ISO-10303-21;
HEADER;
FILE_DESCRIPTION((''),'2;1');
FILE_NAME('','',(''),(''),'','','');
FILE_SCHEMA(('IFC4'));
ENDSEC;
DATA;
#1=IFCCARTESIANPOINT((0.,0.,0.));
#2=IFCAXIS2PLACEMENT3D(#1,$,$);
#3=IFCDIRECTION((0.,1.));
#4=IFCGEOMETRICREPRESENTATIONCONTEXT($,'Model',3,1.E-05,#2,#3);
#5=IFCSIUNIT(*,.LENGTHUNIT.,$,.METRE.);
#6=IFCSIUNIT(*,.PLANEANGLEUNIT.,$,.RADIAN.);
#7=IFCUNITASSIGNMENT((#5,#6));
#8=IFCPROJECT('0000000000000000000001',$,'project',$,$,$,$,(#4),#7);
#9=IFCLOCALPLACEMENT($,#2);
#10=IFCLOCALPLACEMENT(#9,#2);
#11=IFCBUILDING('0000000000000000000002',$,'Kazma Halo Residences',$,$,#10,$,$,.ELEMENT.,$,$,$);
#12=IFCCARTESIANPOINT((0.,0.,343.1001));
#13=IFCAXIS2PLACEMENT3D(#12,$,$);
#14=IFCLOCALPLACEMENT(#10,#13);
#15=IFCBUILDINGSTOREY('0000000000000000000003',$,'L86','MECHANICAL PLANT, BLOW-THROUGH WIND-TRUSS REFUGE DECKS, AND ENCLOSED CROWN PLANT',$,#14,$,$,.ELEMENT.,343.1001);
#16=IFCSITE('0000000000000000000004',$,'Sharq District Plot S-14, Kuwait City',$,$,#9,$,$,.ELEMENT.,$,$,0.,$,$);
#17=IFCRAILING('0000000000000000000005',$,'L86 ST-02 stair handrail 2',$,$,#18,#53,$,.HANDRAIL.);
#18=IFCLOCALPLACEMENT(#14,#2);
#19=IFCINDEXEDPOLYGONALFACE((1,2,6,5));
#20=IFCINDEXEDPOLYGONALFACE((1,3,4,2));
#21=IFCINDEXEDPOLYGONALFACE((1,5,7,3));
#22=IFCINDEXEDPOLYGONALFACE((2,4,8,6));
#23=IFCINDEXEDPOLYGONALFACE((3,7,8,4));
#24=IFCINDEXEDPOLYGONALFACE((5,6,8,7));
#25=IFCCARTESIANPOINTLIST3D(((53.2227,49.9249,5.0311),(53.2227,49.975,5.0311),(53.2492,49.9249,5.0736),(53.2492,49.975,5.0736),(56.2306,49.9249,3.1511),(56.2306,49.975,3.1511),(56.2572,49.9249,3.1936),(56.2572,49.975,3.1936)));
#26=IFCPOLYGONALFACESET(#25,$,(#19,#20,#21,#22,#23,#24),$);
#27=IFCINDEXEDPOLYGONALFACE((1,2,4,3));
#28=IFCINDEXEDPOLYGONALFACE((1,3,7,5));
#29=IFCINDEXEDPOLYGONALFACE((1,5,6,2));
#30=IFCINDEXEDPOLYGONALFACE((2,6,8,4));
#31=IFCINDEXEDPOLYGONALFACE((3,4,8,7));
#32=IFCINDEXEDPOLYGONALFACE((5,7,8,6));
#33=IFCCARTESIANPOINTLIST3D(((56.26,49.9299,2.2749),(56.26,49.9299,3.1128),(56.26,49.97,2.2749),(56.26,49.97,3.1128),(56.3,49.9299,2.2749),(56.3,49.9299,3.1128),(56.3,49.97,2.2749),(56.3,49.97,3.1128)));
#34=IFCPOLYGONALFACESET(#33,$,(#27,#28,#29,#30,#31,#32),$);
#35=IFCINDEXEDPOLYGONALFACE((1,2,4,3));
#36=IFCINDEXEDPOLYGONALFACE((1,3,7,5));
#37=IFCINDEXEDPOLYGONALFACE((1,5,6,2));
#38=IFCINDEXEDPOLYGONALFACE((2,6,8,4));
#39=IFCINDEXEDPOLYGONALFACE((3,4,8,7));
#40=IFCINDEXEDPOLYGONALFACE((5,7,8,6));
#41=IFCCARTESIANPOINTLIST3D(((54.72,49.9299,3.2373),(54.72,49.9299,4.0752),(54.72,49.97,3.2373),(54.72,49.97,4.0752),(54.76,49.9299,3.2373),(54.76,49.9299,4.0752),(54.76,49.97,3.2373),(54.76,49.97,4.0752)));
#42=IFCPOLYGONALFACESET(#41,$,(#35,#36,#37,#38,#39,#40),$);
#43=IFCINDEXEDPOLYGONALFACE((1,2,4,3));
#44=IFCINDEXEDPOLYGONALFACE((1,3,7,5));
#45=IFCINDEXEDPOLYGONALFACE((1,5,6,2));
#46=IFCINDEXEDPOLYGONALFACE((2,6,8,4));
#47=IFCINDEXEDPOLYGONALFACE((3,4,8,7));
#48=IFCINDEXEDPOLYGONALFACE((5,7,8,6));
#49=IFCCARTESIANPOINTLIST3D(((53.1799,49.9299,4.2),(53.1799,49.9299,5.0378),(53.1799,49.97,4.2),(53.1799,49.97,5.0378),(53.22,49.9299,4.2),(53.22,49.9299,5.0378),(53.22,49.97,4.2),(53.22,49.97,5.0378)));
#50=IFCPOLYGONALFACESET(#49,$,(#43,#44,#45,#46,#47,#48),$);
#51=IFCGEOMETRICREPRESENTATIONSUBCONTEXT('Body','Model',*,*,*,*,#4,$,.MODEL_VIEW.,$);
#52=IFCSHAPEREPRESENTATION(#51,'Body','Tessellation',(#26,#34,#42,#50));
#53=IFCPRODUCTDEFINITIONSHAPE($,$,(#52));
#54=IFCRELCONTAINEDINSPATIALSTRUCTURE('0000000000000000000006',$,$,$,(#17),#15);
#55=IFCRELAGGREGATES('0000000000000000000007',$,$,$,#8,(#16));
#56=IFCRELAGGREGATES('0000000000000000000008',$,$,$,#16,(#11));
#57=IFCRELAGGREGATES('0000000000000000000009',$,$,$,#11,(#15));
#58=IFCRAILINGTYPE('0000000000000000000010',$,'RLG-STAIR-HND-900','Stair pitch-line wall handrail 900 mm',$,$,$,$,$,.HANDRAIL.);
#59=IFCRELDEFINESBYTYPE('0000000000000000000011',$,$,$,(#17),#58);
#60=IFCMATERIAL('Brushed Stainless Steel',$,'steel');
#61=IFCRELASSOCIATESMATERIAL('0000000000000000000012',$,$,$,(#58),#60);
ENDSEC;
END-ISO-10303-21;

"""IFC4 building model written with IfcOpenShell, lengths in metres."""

from ifc_helpers import new_model, si_unit, direction, frame, origin, origin_2d, place, context, subcontext, project, spatial, rectangle, extrude, material, type_object, element, save


model = new_model("IFC4")

# Units and contexts
model_context = context("Model", 3, precision=1e-05, world=origin(), true_north=direction((0.0, 1.0)))
body_context = subcontext(model_context, "Body", "Model", "MODEL_VIEW")
ifc_project = project(units=[si_unit("LENGTHUNIT", "METRE"), si_unit("PLANEANGLEUNIT", "RADIAN")], contexts=[model_context])

# Site, building, storey
site_placement = place(None, origin())
site = spatial("IfcSite", under=ifc_project, at=site_placement, Name="Sharq District Plot S-14, Kuwait City", CompositionType="ELEMENT", RefElevation=0.0)
building_placement = place(site_placement, origin())
building = spatial("IfcBuilding", under=site, at=building_placement, Name="Kazma Halo Residences", CompositionType="ELEMENT")
storey_placement = place(building_placement, frame((0.0, 0.0, 343.1001)))
storey = spatial("IfcBuildingStorey", under=building, at=storey_placement, Name="L86", Description="MECHANICAL PLANT, BLOW-THROUGH WIND-TRUSS REFUGE DECKS, AND ENCLOSED CROWN PLANT", CompositionType="ELEMENT", Elevation=343.1001)

# Railing
ifc_material_1 = material(Name="Brushed Stainless Steel", Category="steel")
railing_type_1 = type_object("IfcRailingType", Name="RLG-STAIR-HND-900", Description="Stair pitch-line wall handrail 900 mm", PredefinedType="HANDRAIL", material=ifc_material_1)
railing_1_placement = place(storey_placement, frame((56.28, 49.95, 2.2749)))
element("IfcRailing", 1, at=railing_1_placement, inside=storey, type_object=railing_type_1, Name="L86 ST-02 stair handrail 2", PredefinedType="HANDRAIL", context=body_context, shape_type="SweptSolid", body=[
    extrude(rectangle(XDim=0.05, YDim=0.05, at=origin_2d()), frame((-0.0361, 0.0, 0.8975), z_axis=(-0.847998, 0.0, 0.529999), x_axis=(0.0, -1.0, 0.0)), (0.0, 0.0, 1.0), 3.5471),
    extrude(rectangle(XDim=0.04, YDim=0.04, at=origin_2d()), origin(), (0.0, 0.0, 1.0), 0.8379),
    extrude(rectangle(XDim=0.04, YDim=0.04, at=origin_2d()), frame((-1.54, 0.0, 0.9624)), (0.0, 0.0, 1.0), 0.8379),
    extrude(rectangle(XDim=0.04, YDim=0.04, at=origin_2d()), frame((-3.0801, 0.0, 1.925)), (0.0, 0.0, 1.0), 0.8379),
])

save(model, "model.ifc")
